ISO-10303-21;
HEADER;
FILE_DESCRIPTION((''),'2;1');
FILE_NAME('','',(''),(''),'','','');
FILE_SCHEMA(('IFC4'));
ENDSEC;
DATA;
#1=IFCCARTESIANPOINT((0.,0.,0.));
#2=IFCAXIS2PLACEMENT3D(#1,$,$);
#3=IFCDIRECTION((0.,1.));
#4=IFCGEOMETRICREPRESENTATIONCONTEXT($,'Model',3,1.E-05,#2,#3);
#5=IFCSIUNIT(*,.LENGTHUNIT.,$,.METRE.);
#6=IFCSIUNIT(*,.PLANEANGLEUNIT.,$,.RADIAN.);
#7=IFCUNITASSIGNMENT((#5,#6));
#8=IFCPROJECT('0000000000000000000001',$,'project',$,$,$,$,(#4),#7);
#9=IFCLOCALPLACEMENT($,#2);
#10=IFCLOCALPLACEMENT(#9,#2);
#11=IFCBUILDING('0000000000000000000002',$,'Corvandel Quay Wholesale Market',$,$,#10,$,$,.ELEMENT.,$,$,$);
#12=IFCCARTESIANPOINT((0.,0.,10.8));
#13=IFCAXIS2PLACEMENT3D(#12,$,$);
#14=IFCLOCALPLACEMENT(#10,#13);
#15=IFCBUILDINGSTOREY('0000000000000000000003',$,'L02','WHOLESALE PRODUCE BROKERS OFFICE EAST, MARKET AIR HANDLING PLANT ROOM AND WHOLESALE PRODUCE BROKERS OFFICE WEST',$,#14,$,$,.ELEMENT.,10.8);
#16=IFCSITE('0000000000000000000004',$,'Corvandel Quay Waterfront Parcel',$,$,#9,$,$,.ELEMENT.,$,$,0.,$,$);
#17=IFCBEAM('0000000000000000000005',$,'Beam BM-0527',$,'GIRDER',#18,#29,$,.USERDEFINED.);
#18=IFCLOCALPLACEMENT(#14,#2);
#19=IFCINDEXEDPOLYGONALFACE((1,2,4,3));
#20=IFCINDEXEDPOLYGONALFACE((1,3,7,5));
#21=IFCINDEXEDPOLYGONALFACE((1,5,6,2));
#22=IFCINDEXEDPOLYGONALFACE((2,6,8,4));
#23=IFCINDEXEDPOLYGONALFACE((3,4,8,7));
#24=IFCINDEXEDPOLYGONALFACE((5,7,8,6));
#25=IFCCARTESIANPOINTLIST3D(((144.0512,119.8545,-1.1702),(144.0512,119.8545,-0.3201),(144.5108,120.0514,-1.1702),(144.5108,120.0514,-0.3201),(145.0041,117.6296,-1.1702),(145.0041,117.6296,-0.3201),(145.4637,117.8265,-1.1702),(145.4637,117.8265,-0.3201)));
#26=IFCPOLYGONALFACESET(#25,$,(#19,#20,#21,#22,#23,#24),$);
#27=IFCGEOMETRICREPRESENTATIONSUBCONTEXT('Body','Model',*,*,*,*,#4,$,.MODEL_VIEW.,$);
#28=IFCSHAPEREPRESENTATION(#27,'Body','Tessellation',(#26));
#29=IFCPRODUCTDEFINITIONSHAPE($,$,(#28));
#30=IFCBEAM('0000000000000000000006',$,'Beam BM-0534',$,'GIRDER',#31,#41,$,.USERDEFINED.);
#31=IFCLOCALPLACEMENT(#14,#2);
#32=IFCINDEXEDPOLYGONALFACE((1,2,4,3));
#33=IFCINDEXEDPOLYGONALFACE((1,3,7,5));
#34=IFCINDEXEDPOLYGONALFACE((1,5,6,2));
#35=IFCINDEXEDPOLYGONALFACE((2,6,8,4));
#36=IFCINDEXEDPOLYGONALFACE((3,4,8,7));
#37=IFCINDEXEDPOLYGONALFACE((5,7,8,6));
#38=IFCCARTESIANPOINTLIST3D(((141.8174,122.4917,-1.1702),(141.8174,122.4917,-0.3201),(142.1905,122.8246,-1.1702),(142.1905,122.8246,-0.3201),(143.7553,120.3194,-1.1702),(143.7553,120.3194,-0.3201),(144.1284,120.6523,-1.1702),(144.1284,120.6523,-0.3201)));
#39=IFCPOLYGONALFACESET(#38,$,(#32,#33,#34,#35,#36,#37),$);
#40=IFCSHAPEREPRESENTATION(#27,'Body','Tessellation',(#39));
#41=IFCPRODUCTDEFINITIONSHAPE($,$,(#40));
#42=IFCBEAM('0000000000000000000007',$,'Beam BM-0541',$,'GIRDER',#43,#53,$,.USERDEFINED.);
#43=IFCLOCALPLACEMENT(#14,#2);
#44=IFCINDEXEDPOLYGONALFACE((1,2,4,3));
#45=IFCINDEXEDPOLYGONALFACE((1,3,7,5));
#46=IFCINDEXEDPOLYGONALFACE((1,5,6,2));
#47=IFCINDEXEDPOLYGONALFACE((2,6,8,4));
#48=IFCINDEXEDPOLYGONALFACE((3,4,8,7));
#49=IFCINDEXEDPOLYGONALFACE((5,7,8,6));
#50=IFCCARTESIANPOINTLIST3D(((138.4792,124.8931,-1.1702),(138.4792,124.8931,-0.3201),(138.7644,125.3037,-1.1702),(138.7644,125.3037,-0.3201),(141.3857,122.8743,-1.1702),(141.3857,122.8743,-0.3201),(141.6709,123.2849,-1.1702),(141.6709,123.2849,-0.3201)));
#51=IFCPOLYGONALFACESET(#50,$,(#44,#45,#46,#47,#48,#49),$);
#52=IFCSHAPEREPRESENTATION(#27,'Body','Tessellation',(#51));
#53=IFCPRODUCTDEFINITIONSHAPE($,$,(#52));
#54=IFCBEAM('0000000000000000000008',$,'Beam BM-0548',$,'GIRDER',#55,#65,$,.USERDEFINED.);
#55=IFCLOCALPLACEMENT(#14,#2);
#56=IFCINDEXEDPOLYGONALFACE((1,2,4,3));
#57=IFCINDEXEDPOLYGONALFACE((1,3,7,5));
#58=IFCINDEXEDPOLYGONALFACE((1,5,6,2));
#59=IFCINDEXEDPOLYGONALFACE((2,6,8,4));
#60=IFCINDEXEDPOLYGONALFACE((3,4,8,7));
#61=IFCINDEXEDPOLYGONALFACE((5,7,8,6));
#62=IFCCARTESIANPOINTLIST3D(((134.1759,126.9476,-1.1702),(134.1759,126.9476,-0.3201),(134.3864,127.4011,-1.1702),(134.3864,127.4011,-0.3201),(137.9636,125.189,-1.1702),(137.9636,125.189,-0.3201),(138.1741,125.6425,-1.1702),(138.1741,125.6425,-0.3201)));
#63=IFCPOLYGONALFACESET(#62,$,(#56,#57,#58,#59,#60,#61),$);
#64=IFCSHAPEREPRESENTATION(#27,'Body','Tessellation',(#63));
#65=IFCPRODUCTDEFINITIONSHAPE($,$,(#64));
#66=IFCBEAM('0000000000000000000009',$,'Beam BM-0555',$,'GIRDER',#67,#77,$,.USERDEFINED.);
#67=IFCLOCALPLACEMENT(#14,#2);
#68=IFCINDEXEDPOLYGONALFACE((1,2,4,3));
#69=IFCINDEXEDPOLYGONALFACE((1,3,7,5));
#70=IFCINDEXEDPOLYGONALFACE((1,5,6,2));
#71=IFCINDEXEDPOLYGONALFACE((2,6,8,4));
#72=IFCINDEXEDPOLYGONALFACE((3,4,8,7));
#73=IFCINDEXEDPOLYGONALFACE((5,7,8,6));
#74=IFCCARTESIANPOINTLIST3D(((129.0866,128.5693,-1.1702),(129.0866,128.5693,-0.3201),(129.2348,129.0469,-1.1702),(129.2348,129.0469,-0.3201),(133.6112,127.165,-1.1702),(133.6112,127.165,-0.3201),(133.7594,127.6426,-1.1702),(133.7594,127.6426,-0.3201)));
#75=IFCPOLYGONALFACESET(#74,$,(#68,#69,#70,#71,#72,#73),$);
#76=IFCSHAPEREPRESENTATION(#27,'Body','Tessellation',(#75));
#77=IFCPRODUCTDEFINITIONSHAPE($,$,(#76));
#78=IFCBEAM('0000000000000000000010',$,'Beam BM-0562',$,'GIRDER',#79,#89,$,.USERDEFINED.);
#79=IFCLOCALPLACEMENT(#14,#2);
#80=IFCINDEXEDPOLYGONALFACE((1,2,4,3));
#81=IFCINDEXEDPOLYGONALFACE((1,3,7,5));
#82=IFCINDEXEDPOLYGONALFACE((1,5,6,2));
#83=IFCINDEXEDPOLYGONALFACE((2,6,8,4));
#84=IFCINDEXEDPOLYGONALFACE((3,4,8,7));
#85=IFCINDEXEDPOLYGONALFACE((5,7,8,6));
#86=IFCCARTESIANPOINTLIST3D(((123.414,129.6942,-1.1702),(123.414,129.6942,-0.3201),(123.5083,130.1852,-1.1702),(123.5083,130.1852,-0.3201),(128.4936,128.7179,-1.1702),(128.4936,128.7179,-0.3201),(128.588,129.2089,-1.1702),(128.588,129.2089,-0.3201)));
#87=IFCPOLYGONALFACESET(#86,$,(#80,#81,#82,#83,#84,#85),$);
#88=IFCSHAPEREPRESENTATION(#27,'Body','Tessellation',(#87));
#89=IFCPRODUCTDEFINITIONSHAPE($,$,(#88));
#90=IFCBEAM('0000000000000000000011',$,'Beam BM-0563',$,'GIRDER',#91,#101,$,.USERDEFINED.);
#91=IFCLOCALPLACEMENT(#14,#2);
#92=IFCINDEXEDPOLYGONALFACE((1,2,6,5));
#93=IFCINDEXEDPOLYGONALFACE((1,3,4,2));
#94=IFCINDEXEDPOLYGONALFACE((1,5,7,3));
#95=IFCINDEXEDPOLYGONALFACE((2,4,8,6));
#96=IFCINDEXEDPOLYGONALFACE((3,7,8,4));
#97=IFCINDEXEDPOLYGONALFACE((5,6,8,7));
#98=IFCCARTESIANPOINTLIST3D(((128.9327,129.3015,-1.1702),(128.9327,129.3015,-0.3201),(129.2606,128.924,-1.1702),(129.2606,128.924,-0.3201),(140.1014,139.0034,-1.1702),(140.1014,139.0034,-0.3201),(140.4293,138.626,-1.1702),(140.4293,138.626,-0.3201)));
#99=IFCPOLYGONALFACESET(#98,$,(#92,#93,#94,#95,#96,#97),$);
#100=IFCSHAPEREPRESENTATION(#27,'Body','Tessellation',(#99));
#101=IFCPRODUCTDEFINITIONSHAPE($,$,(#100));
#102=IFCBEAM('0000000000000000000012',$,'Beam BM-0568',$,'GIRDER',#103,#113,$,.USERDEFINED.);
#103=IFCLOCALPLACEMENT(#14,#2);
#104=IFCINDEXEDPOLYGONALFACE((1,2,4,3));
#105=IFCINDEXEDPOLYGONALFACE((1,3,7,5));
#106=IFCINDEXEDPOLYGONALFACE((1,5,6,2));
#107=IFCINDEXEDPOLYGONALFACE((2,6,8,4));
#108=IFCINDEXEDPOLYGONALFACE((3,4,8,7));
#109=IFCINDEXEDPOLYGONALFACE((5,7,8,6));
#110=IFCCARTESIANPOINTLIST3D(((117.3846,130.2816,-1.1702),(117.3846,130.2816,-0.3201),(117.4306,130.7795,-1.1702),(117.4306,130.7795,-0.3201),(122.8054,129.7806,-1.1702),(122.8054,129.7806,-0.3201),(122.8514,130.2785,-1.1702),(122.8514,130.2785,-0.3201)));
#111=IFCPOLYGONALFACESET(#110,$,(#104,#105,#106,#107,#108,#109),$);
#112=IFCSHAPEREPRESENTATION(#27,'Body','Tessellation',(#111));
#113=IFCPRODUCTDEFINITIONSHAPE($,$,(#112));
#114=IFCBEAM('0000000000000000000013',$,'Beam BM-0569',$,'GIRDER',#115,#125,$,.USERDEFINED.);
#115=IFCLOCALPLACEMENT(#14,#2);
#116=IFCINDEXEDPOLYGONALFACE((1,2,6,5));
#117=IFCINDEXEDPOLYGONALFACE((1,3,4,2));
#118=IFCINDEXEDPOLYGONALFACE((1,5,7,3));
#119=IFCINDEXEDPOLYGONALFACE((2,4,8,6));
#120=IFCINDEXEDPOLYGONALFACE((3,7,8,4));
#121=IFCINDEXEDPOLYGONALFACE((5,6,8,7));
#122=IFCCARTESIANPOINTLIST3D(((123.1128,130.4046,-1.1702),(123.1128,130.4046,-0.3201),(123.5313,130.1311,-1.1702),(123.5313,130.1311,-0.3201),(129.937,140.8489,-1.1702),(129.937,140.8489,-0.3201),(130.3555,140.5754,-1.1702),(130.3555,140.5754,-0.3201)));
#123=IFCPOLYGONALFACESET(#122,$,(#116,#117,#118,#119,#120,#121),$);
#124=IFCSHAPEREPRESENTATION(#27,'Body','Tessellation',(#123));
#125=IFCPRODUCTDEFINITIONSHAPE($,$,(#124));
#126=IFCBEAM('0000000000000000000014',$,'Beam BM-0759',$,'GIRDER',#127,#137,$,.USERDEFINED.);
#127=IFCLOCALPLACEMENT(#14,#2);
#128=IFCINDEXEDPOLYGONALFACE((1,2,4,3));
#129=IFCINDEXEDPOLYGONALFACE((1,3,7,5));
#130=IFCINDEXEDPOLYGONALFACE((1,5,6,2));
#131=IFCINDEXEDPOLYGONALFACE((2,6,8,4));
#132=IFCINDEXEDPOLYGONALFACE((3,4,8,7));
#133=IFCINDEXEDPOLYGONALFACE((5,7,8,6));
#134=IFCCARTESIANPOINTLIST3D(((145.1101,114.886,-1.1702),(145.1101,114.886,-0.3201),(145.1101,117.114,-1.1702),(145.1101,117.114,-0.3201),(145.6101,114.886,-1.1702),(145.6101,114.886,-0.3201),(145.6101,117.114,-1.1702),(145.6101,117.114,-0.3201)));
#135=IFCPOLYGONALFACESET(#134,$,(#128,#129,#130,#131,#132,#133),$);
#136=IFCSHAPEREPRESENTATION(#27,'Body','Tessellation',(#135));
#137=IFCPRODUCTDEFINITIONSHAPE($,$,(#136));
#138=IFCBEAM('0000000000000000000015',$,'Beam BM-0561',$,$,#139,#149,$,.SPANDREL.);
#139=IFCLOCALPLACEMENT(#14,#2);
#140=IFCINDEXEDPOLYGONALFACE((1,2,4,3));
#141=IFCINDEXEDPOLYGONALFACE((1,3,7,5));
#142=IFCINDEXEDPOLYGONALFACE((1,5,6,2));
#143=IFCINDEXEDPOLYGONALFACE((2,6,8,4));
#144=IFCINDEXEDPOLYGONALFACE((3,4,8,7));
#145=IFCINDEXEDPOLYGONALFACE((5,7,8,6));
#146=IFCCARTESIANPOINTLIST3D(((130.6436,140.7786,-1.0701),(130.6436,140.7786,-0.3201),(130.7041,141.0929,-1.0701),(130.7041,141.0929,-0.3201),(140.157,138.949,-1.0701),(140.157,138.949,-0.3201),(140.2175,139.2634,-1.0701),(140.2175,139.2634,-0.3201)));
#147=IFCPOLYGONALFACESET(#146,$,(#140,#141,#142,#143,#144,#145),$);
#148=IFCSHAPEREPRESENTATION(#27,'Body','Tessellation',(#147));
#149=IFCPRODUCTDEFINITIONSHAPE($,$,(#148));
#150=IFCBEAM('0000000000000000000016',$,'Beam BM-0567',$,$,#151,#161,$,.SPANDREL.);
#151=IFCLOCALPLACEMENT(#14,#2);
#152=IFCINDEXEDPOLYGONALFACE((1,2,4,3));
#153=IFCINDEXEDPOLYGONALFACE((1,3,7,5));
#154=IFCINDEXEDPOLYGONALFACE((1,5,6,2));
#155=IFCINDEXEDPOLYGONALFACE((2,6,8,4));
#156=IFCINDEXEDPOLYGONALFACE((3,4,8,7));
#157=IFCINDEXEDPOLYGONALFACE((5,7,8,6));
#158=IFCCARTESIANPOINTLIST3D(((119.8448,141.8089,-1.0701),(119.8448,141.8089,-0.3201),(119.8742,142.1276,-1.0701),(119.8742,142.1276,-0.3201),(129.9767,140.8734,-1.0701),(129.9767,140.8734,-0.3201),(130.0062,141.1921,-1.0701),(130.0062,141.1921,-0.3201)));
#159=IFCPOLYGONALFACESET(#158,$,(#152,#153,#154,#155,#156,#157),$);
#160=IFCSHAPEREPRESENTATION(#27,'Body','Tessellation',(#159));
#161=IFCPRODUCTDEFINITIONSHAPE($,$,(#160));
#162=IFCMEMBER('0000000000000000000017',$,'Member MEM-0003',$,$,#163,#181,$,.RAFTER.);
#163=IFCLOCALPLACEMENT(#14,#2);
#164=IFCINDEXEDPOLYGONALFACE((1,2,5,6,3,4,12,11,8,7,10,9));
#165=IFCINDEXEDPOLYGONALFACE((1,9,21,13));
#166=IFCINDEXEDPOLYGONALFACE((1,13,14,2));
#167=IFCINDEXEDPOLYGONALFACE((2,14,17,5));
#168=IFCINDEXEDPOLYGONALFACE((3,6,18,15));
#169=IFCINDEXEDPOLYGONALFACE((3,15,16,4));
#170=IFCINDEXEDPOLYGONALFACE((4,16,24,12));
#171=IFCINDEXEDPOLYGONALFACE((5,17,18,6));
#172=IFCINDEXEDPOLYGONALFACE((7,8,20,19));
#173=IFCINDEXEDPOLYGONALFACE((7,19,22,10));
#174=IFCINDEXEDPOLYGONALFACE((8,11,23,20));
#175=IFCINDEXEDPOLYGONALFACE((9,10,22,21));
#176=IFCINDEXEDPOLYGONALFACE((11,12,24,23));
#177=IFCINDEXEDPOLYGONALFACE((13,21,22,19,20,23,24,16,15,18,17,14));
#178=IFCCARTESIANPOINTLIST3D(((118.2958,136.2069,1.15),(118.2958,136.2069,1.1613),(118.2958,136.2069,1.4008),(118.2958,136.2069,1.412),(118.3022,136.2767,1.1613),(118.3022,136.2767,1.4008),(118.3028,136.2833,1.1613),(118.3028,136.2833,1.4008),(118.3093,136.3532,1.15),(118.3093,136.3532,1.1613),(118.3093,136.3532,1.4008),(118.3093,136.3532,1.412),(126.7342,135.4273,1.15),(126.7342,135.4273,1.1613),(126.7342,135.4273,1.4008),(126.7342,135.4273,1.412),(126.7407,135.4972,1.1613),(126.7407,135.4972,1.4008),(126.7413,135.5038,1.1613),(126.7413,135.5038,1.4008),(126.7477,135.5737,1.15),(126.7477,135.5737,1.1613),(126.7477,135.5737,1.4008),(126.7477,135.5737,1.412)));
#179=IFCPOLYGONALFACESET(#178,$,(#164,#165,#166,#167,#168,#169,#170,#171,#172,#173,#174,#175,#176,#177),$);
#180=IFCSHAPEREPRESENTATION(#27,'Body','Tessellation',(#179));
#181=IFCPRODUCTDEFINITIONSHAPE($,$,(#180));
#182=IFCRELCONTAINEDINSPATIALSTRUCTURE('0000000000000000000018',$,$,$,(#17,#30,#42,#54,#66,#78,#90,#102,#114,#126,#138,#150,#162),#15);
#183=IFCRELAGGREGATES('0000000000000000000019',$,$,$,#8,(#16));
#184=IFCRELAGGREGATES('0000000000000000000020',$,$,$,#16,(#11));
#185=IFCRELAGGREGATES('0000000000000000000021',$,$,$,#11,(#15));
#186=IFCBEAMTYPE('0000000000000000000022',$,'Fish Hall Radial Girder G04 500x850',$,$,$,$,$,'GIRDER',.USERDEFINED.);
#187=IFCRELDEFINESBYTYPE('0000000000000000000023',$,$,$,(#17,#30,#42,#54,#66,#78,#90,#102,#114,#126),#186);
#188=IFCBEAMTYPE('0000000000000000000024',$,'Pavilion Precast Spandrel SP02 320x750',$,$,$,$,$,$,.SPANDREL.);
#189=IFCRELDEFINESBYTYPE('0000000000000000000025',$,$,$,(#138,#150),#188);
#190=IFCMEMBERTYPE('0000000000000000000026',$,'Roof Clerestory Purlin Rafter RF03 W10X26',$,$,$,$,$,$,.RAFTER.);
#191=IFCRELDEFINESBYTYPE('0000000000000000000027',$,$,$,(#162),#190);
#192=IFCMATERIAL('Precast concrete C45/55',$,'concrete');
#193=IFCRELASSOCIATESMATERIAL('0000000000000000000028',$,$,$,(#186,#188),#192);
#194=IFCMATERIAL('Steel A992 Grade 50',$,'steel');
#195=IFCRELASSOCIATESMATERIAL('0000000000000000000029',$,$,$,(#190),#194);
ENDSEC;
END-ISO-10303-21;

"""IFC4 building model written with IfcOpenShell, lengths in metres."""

from ifc_helpers import new_model, si_unit, direction, frame, origin, origin_2d, place, context, subcontext, project, spatial, rectangle, i_section, extrude, material, material_profile, profile_set, type_object, element, save


model = new_model("IFC4")

# Units and contexts
model_context = context("Model", 3, precision=1e-05, world=origin(), true_north=direction((0.0, 1.0)))
body_context = subcontext(model_context, "Body", "Model", "MODEL_VIEW")
ifc_project = project(units=[si_unit("LENGTHUNIT", "METRE"), si_unit("PLANEANGLEUNIT", "RADIAN")], contexts=[model_context])

# Site, building, storey
site_placement = place(None, origin())
site = spatial("IfcSite", under=ifc_project, at=site_placement, Name="Corvandel Quay Waterfront Parcel", CompositionType="ELEMENT", RefElevation=0.0)
building_placement = place(site_placement, origin())
building = spatial("IfcBuilding", under=site, at=building_placement, Name="Corvandel Quay Wholesale Market", CompositionType="ELEMENT")
storey_placement = place(building_placement, frame((0.0, 0.0, 10.8)))
storey = spatial("IfcBuildingStorey", under=building, at=storey_placement, Name="L02", Description="WHOLESALE PRODUCE BROKERS OFFICE EAST, MARKET AIR HANDLING PLANT ROOM AND WHOLESALE PRODUCE BROKERS OFFICE WEST", CompositionType="ELEMENT", Elevation=10.8)

# Beams
ifc_material_1 = material(Name="Precast concrete C45/55", Category="concrete")
ifc_material_profile_1 = material_profile(ifc_material_1, rectangle(XDim=0.5, YDim=0.8501, at=origin_2d()), Name="PC-GIR-500x850")
ifc_profile_set_1 = profile_set([ifc_material_profile_1], Name="Precast concrete C45/55")
beam_type_1 = type_object("IfcBeamType", Name="Fish Hall Radial Girder G04 500x850", ElementType="GIRDER", PredefinedType="USERDEFINED", material=ifc_profile_set_1)
beam_1_placement = place(storey_placement, frame((145.2339, 117.728, -0.7451), z_axis=(-0.3937, 0.919239, 0.0), x_axis=(-0.919239, -0.3937, 0.0)))
element("IfcBeam", 1, at=beam_1_placement, inside=storey, type_object=beam_type_1, Name="Beam BM-0527", ObjectType="GIRDER", PredefinedType="USERDEFINED", context=body_context, shape_type="SweptSolid", body=[
    extrude(rectangle(XDim=0.5, YDim=0.8501, at=origin_2d()), origin(), (0.0, 0.0, 1.0), 2.4204),
])
beam_2_placement = place(storey_placement, frame((143.9419, 120.4858, -0.7451), z_axis=(-0.665706, 0.746214, 0.0), x_axis=(-0.746214, -0.665706, 0.0)))
element("IfcBeam", 2, at=beam_2_placement, inside=storey, type_object=beam_type_1, Name="Beam BM-0534", ObjectType="GIRDER", PredefinedType="USERDEFINED", context=body_context, shape_type="SweptSolid", body=[
    extrude(rectangle(XDim=0.5, YDim=0.8501, at=origin_2d()), origin(), (0.0, 0.0, 1.0), 2.9111),
])
beam_3_placement = place(storey_placement, frame((141.5283, 123.0796, -0.7451), z_axis=(-0.821317, 0.570472, 0.0), x_axis=(-0.570472, -0.821317, 0.0)))
element("IfcBeam", 3, at=beam_3_placement, inside=storey, type_object=beam_type_1, Name="Beam BM-0541", ObjectType="GIRDER", PredefinedType="USERDEFINED", context=body_context, shape_type="SweptSolid", body=[
    extrude(rectangle(XDim=0.5, YDim=0.8501, at=origin_2d()), origin(), (0.0, 0.0, 1.0), 3.5388),
])
beam_4_placement = place(storey_placement, frame((138.0688, 125.4158, -0.7451), z_axis=(-0.907007, 0.421115, 0.0), x_axis=(-0.421115, -0.907007, 0.0)))
element("IfcBeam", 4, at=beam_4_placement, inside=storey, type_object=beam_type_1, Name="Beam BM-0548", ObjectType="GIRDER", PredefinedType="USERDEFINED", context=body_context, shape_type="SweptSolid", body=[
    extrude(rectangle(XDim=0.5, YDim=0.8501, at=origin_2d()), origin(), (0.0, 0.0, 1.0), 4.176),
])
beam_5_placement = place(storey_placement, frame((133.6853, 127.4038, -0.7451), z_axis=(-0.955059, 0.296417, 0.0), x_axis=(-0.296417, -0.955059, 0.0)))
element("IfcBeam", 5, at=beam_5_placement, inside=storey, type_object=beam_type_1, Name="Beam BM-0555", ObjectType="GIRDER", PredefinedType="USERDEFINED", context=body_context, shape_type="SweptSolid", body=[
    extrude(rectangle(XDim=0.5, YDim=0.8501, at=origin_2d()), origin(), (0.0, 0.0, 1.0), 4.7375),
])
beam_6_placement = place(storey_placement, frame((128.5408, 128.9634, -0.7451), z_axis=(-0.982025, 0.188749, 0.0), x_axis=(-0.188749, -0.982025, 0.0)))
element("IfcBeam", 6, at=beam_6_placement, inside=storey, type_object=beam_type_1, Name="Beam BM-0562", ObjectType="GIRDER", PredefinedType="USERDEFINED", context=body_context, shape_type="SweptSolid", body=[
    extrude(rectangle(XDim=0.5, YDim=0.8501, at=origin_2d()), origin(), (0.0, 0.0, 1.0), 5.1726),
])
beam_7_placement = place(storey_placement, frame((140.2654, 138.8147, -0.7451), z_axis=(-0.75494, -0.655793, 0.0), x_axis=(0.655793, -0.75494, 0.0)))
element("IfcBeam", 7, at=beam_7_placement, inside=storey, type_object=beam_type_1, Name="Beam BM-0563", ObjectType="GIRDER", PredefinedType="USERDEFINED", context=body_context, shape_type="SweptSolid", body=[
    extrude(rectangle(XDim=0.5, YDim=0.8501, at=origin_2d()), origin(), (0.0, 0.0, 1.0), 14.7942),
])
beam_8_placement = place(storey_placement, frame((122.8284, 130.0295, -0.7451), z_axis=(-0.995756, 0.092028, 0.0), x_axis=(-0.092028, -0.995756, 0.0)))
element("IfcBeam", 8, at=beam_8_placement, inside=storey, type_object=beam_type_1, Name="Beam BM-0568", ObjectType="GIRDER", PredefinedType="USERDEFINED", context=body_context, shape_type="SweptSolid", body=[
    extrude(rectangle(XDim=0.5, YDim=0.8501, at=origin_2d()), origin(), (0.0, 0.0, 1.0), 5.4438),
])
beam_9_placement = place(storey_placement, frame((130.1462, 140.7122, -0.7451), z_axis=(-0.546981, -0.837145, 0.0), x_axis=(0.837145, -0.546981, 0.0)))
element("IfcBeam", 9, at=beam_9_placement, inside=storey, type_object=beam_type_1, Name="Beam BM-0569", ObjectType="GIRDER", PredefinedType="USERDEFINED", context=body_context, shape_type="SweptSolid", body=[
    extrude(rectangle(XDim=0.5, YDim=0.8501, at=origin_2d()), origin(), (0.0, 0.0, 1.0), 12.4761),
])
beam_10_placement = place(storey_placement, frame((145.3601, 114.886, -0.7451), z_axis=(0.0, 1.0, 0.0), x_axis=(-1.0, 0.0, 0.0)))
element("IfcBeam", 10, at=beam_10_placement, inside=storey, type_object=beam_type_1, Name="Beam BM-0759", ObjectType="GIRDER", PredefinedType="USERDEFINED", context=body_context, shape_type="SweptSolid", body=[
    extrude(rectangle(XDim=0.5, YDim=0.8501, at=origin_2d()), origin(), (0.0, 0.0, 1.0), 2.228),
])
ifc_material_profile_2 = material_profile(ifc_material_1, rectangle(XDim=0.3201, YDim=0.75, at=origin_2d()), Name="PC-SPN-320x750")
ifc_profile_set_2 = profile_set([ifc_material_profile_2], Name="Precast concrete C45/55")
beam_type_2 = type_object("IfcBeamType", Name="Pavilion Precast Spandrel SP02 320x750", PredefinedType="SPANDREL", material=ifc_profile_set_2)
beam_11_placement = place(storey_placement, frame((140.1873, 139.1062, -0.6951), z_axis=(-0.982005, 0.188856, 0.0), x_axis=(-0.188856, -0.982005, 0.0)))
element("IfcBeam", 11, at=beam_11_placement, inside=storey, type_object=beam_type_2, Name="Beam BM-0561", PredefinedType="SPANDREL", context=body_context, shape_type="SweptSolid", body=[
    extrude(rectangle(XDim=0.3201, YDim=0.75, at=origin_2d()), origin(), (0.0, 0.0, 1.0), 9.6877),
])
beam_12_placement = place(storey_placement, frame((129.9915, 141.0327, -0.6951), z_axis=(-0.995764, 0.091946, 0.0), x_axis=(-0.091946, -0.995764, 0.0)))
element("IfcBeam", 12, at=beam_12_placement, inside=storey, type_object=beam_type_2, Name="Beam BM-0567", PredefinedType="SPANDREL", context=body_context, shape_type="SweptSolid", body=[
    extrude(rectangle(XDim=0.3201, YDim=0.75, at=origin_2d()), origin(), (0.0, 0.0, 1.0), 10.175),
])

# Member
ifc_material_2 = material(Name="Steel A992 Grade 50", Category="steel")
ifc_material_profile_3 = material_profile(ifc_material_2, i_section(OverallWidth=0.147, OverallDepth=0.262, WebThickness=0.0066, FlangeThickness=0.0112, at=origin_2d()), Name="W10X26")
ifc_profile_set_3 = profile_set([ifc_material_profile_3], Name="Steel A992 Grade 50")
member_type_1 = type_object("IfcMemberType", Name="Roof Clerestory Purlin Rafter RF03 W10X26", PredefinedType="RAFTER", material=ifc_profile_set_3)
member_1_placement = place(storey_placement, frame((126.741, 135.5005, 1.281), z_axis=(-0.99576, 0.091988, 0.0), x_axis=(-0.091988, -0.99576, 0.0)))
element("IfcMember", 13, at=member_1_placement, inside=storey, type_object=member_type_1, Name="Member MEM-0003", PredefinedType="RAFTER", context=body_context, shape_type="SweptSolid", body=[
    extrude(i_section(OverallWidth=0.147, OverallDepth=0.262, WebThickness=0.0066, FlangeThickness=0.0112, at=origin_2d()), origin(), (0.0, 0.0, 1.0), 8.4744),
])

save(model, "model.ifc")
